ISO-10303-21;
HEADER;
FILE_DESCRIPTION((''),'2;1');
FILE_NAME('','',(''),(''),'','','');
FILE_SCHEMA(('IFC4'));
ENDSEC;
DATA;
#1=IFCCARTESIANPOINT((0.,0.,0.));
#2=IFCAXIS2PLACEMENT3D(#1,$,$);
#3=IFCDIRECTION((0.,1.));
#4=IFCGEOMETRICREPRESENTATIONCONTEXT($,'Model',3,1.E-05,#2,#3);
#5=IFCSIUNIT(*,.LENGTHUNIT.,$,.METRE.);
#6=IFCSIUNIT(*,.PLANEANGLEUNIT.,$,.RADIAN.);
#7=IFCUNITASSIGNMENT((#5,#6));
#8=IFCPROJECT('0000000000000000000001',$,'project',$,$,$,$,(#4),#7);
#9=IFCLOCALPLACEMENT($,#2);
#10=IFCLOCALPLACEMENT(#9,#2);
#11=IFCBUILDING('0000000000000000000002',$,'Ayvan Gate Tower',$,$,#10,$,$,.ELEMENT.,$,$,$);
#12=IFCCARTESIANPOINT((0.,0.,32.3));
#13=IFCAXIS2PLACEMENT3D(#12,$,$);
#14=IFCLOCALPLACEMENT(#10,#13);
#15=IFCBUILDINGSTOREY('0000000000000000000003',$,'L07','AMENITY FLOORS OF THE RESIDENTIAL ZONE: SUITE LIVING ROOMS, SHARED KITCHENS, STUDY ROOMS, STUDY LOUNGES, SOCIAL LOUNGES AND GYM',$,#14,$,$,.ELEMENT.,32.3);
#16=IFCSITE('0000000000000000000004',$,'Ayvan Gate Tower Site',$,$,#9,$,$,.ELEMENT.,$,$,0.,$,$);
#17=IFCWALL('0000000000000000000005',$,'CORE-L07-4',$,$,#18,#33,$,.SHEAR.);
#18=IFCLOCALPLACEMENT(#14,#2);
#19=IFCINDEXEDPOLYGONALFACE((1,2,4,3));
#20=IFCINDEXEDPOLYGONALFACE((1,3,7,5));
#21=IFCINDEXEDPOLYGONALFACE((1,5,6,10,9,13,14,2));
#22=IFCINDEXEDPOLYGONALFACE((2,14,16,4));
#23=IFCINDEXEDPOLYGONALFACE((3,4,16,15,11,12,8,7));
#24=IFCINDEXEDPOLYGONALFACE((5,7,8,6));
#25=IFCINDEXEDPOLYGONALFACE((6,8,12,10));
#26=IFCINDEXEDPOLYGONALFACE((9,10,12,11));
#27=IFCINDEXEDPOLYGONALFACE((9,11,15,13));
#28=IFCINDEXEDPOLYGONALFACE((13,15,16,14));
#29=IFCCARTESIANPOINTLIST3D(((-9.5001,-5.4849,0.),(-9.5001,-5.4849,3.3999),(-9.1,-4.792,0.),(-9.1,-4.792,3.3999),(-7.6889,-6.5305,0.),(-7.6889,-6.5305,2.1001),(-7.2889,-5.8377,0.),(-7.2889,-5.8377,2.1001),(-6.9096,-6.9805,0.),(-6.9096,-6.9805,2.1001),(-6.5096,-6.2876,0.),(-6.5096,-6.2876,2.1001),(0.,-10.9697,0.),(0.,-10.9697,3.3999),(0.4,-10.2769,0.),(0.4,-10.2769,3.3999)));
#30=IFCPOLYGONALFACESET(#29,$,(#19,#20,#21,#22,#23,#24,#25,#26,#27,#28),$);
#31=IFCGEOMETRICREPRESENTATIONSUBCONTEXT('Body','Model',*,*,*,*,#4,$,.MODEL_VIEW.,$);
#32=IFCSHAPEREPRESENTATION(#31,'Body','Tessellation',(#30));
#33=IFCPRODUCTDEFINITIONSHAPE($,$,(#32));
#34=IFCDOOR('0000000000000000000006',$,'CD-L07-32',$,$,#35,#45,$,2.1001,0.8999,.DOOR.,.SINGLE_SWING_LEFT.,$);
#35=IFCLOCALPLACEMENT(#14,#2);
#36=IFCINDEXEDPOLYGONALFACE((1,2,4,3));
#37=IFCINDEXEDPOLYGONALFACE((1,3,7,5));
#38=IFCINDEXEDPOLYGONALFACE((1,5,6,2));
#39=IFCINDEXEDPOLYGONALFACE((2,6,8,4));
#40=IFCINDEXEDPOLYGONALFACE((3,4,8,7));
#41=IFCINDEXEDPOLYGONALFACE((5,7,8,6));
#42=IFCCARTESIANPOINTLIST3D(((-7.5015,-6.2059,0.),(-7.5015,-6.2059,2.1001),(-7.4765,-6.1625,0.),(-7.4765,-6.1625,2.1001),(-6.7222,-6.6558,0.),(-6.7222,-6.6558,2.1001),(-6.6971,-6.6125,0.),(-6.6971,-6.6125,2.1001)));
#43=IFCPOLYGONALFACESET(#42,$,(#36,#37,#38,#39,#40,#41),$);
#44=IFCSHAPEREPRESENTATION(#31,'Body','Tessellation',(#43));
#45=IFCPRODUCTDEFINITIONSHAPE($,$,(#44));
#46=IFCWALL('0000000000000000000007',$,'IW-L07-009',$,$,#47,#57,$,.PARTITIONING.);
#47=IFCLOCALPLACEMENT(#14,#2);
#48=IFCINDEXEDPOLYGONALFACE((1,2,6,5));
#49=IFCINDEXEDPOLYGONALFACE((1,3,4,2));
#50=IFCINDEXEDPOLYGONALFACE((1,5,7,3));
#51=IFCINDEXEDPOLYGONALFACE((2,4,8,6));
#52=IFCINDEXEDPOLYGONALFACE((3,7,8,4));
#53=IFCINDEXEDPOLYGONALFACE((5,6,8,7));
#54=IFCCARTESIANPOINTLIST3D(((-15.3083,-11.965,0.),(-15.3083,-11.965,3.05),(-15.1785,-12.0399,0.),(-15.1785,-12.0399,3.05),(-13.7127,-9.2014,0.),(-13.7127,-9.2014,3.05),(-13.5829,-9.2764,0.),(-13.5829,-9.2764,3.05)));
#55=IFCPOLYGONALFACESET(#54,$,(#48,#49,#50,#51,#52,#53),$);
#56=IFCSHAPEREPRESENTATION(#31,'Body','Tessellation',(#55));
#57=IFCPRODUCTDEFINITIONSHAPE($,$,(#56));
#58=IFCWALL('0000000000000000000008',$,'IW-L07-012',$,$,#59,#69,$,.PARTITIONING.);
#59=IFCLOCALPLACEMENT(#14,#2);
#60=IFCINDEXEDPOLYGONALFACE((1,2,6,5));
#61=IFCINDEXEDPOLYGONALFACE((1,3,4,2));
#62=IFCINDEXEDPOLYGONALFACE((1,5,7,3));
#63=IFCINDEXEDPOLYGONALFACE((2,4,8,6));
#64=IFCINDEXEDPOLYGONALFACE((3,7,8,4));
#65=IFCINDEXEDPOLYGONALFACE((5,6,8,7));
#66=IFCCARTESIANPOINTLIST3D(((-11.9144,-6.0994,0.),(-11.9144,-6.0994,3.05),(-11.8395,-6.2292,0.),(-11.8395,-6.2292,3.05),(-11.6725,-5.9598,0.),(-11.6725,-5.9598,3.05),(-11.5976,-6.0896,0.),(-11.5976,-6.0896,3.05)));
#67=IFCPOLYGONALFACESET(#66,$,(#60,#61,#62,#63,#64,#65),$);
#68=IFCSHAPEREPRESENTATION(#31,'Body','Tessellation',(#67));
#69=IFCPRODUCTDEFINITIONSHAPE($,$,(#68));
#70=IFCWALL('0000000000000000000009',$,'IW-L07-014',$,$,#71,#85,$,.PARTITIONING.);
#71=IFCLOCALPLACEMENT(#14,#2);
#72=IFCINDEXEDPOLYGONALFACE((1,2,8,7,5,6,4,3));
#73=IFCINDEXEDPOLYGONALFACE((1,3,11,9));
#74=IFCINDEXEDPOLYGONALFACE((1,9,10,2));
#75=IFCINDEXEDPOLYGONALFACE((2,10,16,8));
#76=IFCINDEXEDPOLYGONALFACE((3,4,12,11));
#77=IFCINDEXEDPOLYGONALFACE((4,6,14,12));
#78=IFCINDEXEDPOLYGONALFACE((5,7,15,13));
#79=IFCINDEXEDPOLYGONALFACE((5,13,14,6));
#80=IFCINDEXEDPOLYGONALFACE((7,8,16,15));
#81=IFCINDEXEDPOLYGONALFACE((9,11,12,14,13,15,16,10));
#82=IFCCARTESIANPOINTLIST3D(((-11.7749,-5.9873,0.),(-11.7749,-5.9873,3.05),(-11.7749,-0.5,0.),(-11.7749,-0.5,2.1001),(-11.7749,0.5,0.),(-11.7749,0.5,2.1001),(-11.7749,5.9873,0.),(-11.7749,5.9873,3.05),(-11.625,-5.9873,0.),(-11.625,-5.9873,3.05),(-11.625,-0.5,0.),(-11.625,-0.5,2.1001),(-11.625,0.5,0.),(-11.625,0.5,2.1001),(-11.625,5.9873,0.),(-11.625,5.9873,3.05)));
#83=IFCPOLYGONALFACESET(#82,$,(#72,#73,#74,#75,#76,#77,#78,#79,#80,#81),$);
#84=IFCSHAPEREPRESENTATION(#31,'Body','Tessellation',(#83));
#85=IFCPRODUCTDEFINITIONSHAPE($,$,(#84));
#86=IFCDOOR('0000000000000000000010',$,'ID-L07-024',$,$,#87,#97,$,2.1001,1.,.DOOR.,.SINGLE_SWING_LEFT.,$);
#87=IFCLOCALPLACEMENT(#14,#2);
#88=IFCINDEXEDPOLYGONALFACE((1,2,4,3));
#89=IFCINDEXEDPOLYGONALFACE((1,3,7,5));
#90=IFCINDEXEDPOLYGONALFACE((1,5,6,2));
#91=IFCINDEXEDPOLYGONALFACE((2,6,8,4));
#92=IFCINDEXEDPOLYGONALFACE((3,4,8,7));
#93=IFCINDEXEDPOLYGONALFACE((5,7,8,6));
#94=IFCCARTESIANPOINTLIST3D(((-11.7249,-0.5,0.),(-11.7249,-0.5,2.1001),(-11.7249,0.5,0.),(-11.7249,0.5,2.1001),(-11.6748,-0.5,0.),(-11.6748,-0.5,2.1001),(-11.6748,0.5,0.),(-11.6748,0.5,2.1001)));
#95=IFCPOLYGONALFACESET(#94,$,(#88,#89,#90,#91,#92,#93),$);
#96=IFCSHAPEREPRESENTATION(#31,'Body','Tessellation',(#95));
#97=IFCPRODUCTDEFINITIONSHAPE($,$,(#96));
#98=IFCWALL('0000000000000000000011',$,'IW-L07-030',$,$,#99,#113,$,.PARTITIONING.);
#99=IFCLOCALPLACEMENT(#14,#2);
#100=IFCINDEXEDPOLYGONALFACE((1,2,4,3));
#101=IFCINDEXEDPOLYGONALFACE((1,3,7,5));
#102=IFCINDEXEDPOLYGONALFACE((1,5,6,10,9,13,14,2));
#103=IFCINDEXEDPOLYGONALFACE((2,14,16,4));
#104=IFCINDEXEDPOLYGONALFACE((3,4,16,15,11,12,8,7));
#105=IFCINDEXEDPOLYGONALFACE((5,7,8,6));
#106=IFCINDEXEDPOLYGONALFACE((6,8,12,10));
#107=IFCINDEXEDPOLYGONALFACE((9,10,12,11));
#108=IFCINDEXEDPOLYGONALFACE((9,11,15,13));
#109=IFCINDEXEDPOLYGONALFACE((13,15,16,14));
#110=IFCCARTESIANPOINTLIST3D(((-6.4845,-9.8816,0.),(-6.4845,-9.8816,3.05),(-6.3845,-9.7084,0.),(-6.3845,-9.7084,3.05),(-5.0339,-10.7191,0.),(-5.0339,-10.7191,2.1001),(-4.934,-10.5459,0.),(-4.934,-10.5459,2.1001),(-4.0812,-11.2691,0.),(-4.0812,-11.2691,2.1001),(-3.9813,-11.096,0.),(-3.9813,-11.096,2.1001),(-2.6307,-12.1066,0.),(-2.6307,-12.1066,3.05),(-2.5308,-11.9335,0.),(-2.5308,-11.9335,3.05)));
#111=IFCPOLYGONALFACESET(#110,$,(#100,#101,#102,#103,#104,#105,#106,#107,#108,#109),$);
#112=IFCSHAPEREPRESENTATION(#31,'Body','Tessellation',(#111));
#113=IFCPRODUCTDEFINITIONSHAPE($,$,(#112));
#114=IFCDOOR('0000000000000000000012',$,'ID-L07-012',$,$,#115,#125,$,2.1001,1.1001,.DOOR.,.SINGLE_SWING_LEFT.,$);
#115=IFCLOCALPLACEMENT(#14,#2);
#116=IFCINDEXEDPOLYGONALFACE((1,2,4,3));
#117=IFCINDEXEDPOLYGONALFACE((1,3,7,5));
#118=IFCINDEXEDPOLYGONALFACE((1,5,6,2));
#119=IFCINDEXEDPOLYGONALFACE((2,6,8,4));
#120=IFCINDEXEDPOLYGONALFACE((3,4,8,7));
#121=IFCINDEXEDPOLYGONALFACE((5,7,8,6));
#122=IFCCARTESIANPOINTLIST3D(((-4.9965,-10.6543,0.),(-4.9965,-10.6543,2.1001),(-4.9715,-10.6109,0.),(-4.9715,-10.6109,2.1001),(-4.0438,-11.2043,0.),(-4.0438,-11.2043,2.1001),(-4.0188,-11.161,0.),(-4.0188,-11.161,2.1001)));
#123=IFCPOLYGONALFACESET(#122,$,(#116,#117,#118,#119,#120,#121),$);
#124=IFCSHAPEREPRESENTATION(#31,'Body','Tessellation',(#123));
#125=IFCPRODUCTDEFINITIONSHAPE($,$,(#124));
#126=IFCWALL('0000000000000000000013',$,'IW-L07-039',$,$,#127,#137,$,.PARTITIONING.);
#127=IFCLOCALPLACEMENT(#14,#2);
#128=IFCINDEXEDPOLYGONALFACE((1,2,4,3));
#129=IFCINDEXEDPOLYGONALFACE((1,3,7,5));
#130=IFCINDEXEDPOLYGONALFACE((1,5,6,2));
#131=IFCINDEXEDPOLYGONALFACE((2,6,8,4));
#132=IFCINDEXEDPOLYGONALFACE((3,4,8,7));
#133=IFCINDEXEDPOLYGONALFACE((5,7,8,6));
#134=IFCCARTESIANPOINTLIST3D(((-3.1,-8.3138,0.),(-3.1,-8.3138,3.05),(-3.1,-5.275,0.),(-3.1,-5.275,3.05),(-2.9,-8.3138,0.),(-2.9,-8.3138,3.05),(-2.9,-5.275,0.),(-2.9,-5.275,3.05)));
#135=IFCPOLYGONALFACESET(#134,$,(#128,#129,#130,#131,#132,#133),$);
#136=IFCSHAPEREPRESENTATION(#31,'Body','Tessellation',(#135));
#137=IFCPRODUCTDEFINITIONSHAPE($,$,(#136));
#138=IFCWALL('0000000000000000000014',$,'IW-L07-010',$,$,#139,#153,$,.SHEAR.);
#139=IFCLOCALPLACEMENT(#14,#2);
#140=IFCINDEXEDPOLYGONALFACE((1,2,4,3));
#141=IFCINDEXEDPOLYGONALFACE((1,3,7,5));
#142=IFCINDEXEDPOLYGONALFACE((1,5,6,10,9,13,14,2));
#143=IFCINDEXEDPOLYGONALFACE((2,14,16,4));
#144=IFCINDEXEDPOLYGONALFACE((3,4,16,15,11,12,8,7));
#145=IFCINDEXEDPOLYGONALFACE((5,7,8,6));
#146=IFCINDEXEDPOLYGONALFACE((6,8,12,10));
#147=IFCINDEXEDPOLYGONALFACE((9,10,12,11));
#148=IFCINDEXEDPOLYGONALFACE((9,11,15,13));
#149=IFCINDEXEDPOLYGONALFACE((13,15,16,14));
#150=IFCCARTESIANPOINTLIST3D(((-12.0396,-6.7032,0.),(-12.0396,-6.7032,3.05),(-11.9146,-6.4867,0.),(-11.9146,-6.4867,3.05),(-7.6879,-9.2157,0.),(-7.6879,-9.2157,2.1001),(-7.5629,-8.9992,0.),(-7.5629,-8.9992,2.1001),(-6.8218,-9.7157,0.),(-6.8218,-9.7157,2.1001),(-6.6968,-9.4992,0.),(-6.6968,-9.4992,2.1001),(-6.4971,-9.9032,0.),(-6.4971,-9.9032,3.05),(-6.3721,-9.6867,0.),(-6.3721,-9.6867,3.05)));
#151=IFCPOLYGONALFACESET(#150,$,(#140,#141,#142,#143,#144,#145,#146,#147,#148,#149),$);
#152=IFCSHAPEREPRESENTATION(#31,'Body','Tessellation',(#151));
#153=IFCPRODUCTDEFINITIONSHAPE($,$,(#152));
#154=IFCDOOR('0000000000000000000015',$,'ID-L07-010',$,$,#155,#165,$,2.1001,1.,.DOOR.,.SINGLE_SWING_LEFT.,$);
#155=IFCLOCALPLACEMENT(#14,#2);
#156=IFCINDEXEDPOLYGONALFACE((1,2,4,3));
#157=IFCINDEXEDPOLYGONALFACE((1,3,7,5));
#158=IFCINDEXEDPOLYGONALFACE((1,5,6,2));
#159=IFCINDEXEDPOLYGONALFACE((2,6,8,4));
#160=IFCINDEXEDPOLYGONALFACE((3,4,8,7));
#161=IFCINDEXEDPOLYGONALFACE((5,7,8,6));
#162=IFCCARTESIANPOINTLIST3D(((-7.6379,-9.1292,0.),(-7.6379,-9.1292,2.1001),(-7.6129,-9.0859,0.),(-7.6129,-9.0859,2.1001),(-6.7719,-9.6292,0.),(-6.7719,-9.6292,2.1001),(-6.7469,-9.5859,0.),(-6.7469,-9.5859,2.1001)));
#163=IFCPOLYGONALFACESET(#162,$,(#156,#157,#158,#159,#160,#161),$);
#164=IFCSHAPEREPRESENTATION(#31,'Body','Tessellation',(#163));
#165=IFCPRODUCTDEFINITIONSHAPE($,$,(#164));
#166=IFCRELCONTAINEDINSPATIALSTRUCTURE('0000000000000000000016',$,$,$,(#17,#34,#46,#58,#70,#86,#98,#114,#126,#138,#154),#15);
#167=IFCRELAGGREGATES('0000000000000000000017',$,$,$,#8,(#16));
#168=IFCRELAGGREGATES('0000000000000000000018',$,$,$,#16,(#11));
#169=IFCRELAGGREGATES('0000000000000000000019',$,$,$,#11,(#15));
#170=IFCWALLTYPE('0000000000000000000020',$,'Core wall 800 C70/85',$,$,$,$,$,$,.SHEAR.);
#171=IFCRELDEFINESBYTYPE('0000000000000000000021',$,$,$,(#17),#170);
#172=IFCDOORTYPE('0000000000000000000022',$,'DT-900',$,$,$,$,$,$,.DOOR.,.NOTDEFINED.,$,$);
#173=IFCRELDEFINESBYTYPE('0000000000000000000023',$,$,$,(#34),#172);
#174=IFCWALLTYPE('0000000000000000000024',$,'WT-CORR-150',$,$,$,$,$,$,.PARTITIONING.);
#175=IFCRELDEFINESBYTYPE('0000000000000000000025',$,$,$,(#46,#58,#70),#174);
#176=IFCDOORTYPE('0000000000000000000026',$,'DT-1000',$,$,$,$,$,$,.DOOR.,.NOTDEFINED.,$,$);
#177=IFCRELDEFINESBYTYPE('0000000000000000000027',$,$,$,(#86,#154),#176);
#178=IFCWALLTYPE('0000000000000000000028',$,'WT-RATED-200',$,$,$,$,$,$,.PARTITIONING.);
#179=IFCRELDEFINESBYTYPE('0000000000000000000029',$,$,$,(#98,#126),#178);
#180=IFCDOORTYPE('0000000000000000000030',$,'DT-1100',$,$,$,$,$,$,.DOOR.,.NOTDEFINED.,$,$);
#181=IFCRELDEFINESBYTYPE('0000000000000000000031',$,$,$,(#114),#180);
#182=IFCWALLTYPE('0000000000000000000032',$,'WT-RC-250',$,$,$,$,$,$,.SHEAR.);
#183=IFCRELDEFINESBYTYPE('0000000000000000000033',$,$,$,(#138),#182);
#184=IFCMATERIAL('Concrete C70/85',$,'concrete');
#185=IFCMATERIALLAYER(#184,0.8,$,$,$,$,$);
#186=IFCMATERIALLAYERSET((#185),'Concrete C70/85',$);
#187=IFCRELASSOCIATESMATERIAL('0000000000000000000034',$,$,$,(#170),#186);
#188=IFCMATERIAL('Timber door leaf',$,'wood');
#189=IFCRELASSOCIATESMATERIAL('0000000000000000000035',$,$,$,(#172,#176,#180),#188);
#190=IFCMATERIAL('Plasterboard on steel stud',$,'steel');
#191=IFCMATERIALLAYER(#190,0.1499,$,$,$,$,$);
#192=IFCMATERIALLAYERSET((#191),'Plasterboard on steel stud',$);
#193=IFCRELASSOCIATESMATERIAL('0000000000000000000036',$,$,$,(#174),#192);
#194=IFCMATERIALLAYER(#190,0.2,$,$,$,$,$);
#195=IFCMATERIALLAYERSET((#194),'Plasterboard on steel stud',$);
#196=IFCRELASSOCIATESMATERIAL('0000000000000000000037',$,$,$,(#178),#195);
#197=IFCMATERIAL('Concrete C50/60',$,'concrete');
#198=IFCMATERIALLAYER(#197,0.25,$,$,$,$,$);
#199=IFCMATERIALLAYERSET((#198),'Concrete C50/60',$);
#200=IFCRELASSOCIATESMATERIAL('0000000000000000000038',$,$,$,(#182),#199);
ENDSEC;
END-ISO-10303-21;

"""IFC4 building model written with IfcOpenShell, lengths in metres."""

from ifc_helpers import new_model, si_unit, direction, frame, frame_2d, origin, place, context, subcontext, project, spatial, rectangle, extrude, material, layer, layer_set, type_object, element, fill, save


model = new_model("IFC4")

# Units and contexts
model_context = context("Model", 3, precision=1e-05, world=origin(), true_north=direction((0.0, 1.0)))
body_context = subcontext(model_context, "Body", "Model", "MODEL_VIEW")
ifc_project = project(units=[si_unit("LENGTHUNIT", "METRE"), si_unit("PLANEANGLEUNIT", "RADIAN")], contexts=[model_context])

# Site, building, storey
site_placement = place(None, origin())
site = spatial("IfcSite", under=ifc_project, at=site_placement, Name="Ayvan Gate Tower Site", CompositionType="ELEMENT", RefElevation=0.0)
building_placement = place(site_placement, origin())
building = spatial("IfcBuilding", under=site, at=building_placement, Name="Ayvan Gate Tower", CompositionType="ELEMENT")
storey_placement = place(building_placement, frame((0.0, 0.0, 32.3)))
storey = spatial("IfcBuildingStorey", under=building, at=storey_placement, Name="L07", Description="AMENITY FLOORS OF THE RESIDENTIAL ZONE: SUITE LIVING ROOMS, SHARED KITCHENS, STUDY ROOMS, STUDY LOUNGES, SOCIAL LOUNGES AND GYM", CompositionType="ELEMENT", Elevation=32.3)

# Wall, opening, door
ifc_material_1 = material(Name="Concrete C70/85", Category="concrete")
ifc_layer_1 = layer(ifc_material_1, 0.8)
ifc_layer_set_1 = layer_set([ifc_layer_1], Name="Concrete C70/85")
wall_type_1 = type_object("IfcWallType", Name="Core wall 800 C70/85", PredefinedType="SHEAR", material=ifc_layer_set_1)
wall_1_placement = place(storey_placement, frame((-9.3, -5.1384, 0.0), z_axis=(0.0, 0.0, 1.0), x_axis=(0.866024, -0.500002, 0.0)))
wall_1 = element("IfcWall", 1, at=wall_1_placement, inside=storey, type_object=wall_type_1, Name="CORE-L07-4", PredefinedType="SHEAR", context=body_context, shape_type="SweptSolid", body=[
    extrude(rectangle(XDim=10.9697, YDim=0.8, at=frame_2d((5.4849, 0.0))), origin(), (0.0, 0.0, 1.0), 3.3999),
])
opening_1_placement = place(wall_1_placement, frame((2.0913, 0.0, 0.0)))
opening_1 = element("IfcOpeningElement", 2, at=opening_1_placement, cuts=wall_1, PredefinedType="OPENING", context=body_context, shape_type="SweptSolid", body=[
    extrude(rectangle(XDim=0.8999, YDim=2.1001, at=frame_2d((0.45, 1.05))), frame((0.0, 0.4099, 0.0), z_axis=(0.0, -1.0, 0.0), x_axis=(1.0, 0.0, 0.0)), (0.0, 0.0, 1.0), 0.8201),
])
ifc_material_2 = material(Name="Timber door leaf", Category="wood")
door_type_1 = type_object("IfcDoorType", Name="DT-900", OperationType="NOTDEFINED", PredefinedType="DOOR", material=ifc_material_2)
door_1_placement = place(opening_1_placement, origin())
door_1 = element("IfcDoor", 3, at=door_1_placement, inside=storey, type_object=door_type_1, Name="CD-L07-32", OperationType="SINGLE_SWING_LEFT", OverallHeight=2.1001, OverallWidth=0.8999, PredefinedType="DOOR", context=body_context, shape_type="SweptSolid", body=[
    extrude(rectangle(XDim=0.8999, YDim=2.1001, at=frame_2d((0.45, 1.05))), frame((0.0, 0.0249, 0.0), z_axis=(0.0, -1.0, 0.0), x_axis=(1.0, 0.0, 0.0)), (0.0, 0.0, 1.0), 0.05),
])
fill(opening_1, door_1)

# Walls
ifc_material_3 = material(Name="Plasterboard on steel stud", Category="steel")
ifc_layer_2 = layer(ifc_material_3, 0.1499)
ifc_layer_set_2 = layer_set([ifc_layer_2], Name="Plasterboard on steel stud")
wall_type_2 = type_object("IfcWallType", Name="WT-CORR-150", PredefinedType="PARTITIONING", material=ifc_layer_set_2)
wall_2_placement = place(storey_placement, frame((-13.6477, -9.2388, 0.0), z_axis=(0.0, 0.0, 1.0), x_axis=(-0.500023, -0.866012, 0.0)))
element("IfcWall", 4, at=wall_2_placement, inside=storey, type_object=wall_type_2, Name="IW-L07-009", PredefinedType="PARTITIONING", context=body_context, shape_type="SweptSolid", body=[
    extrude(rectangle(XDim=3.1912, YDim=0.1499, at=frame_2d((1.5957, 0.0))), origin(), (0.0, 0.0, 1.0), 3.05),
])
wall_3_placement = place(storey_placement, frame((-11.877, -6.1643, 0.0), z_axis=(0.0, 0.0, 1.0), x_axis=(0.866084, 0.499899, 0.0)))
element("IfcWall", 5, at=wall_3_placement, inside=storey, type_object=wall_type_2, Name="IW-L07-012", PredefinedType="PARTITIONING", context=body_context, shape_type="SweptSolid", body=[
    extrude(rectangle(XDim=0.2793, YDim=0.1499, at=frame_2d((0.1396, 0.0))), origin(), (0.0, 0.0, 1.0), 3.05),
])

# Walls, openings, doors
wall_4_placement = place(storey_placement, frame((-11.7, -5.9873, 0.0), z_axis=(0.0, 0.0, 1.0), x_axis=(0.0, 1.0, 0.0)))
wall_4 = element("IfcWall", 6, at=wall_4_placement, inside=storey, type_object=wall_type_2, Name="IW-L07-014", PredefinedType="PARTITIONING", context=body_context, shape_type="SweptSolid", body=[
    extrude(rectangle(XDim=11.9746, YDim=0.1499, at=frame_2d((5.9873, 0.0))), origin(), (0.0, 0.0, 1.0), 3.05),
])
opening_2_placement = place(wall_4_placement, frame((5.4873, 0.0, 0.0)))
opening_2 = element("IfcOpeningElement", 7, at=opening_2_placement, cuts=wall_4, PredefinedType="OPENING", context=body_context, shape_type="SweptSolid", body=[
    extrude(rectangle(XDim=1.0, YDim=2.1001, at=frame_2d((0.5, 1.05))), frame((0.0, 0.085, 0.0), z_axis=(0.0, -1.0, 0.0), x_axis=(1.0, 0.0, 0.0)), (0.0, 0.0, 1.0), 0.1699),
])
door_type_2 = type_object("IfcDoorType", Name="DT-1000", OperationType="NOTDEFINED", PredefinedType="DOOR", material=ifc_material_2)
door_2_placement = place(opening_2_placement, origin())
door_2 = element("IfcDoor", 8, at=door_2_placement, inside=storey, type_object=door_type_2, Name="ID-L07-024", OperationType="SINGLE_SWING_LEFT", OverallHeight=2.1001, OverallWidth=1.0, PredefinedType="DOOR", context=body_context, shape_type="SweptSolid", body=[
    extrude(rectangle(XDim=1.0, YDim=2.1001, at=frame_2d((0.5, 1.05))), frame((0.0, 0.0249, 0.0), z_axis=(0.0, -1.0, 0.0), x_axis=(1.0, 0.0, 0.0)), (0.0, 0.0, 1.0), 0.05),
])
fill(opening_2, door_2)
ifc_layer_3 = layer(ifc_material_3, 0.2)
ifc_layer_set_3 = layer_set([ifc_layer_3], Name="Plasterboard on steel stud")
wall_type_3 = type_object("IfcWallType", Name="WT-RATED-200", PredefinedType="PARTITIONING", material=ifc_layer_set_3)
wall_5_placement = place(storey_placement, frame((-6.4346, -9.7949, 0.0), z_axis=(0.0, 0.0, 1.0), x_axis=(0.866013, -0.500022, 0.0)))
wall_5 = element("IfcWall", 9, at=wall_5_placement, inside=storey, type_object=wall_type_3, Name="IW-L07-030", PredefinedType="PARTITIONING", context=body_context, shape_type="SweptSolid", body=[
    extrude(rectangle(XDim=4.45, YDim=0.2, at=frame_2d((2.2251, 0.0))), origin(), (0.0, 0.0, 1.0), 3.05),
])
opening_3_placement = place(wall_5_placement, frame((1.675, 0.0, 0.0)))
opening_3 = element("IfcOpeningElement", 10, at=opening_3_placement, cuts=wall_5, PredefinedType="OPENING", context=body_context, shape_type="SweptSolid", body=[
    extrude(rectangle(XDim=1.1001, YDim=2.1001, at=frame_2d((0.55, 1.05))), frame((0.0, 0.1099, 0.0), z_axis=(0.0, -1.0, 0.0), x_axis=(1.0, 0.0, 0.0)), (0.0, 0.0, 1.0), 0.22),
])
door_type_3 = type_object("IfcDoorType", Name="DT-1100", OperationType="NOTDEFINED", PredefinedType="DOOR", material=ifc_material_2)
door_3_placement = place(opening_3_placement, origin())
door_3 = element("IfcDoor", 11, at=door_3_placement, inside=storey, type_object=door_type_3, Name="ID-L07-012", OperationType="SINGLE_SWING_LEFT", OverallHeight=2.1001, OverallWidth=1.1001, PredefinedType="DOOR", context=body_context, shape_type="SweptSolid", body=[
    extrude(rectangle(XDim=1.1001, YDim=2.1001, at=frame_2d((0.55, 1.05))), frame((0.0, 0.0249, 0.0), z_axis=(0.0, -1.0, 0.0), x_axis=(1.0, 0.0, 0.0)), (0.0, 0.0, 1.0), 0.05),
])
fill(opening_3, door_3)

# Wall
wall_6_placement = place(storey_placement, frame((-3.0, -5.2749, 0.0), z_axis=(0.0, 0.0, 1.0), x_axis=(0.0, -1.0, 0.0)))
element("IfcWall", 12, at=wall_6_placement, inside=storey, type_object=wall_type_3, Name="IW-L07-039", PredefinedType="PARTITIONING", context=body_context, shape_type="SweptSolid", body=[
    extrude(rectangle(XDim=3.0388, YDim=0.2, at=frame_2d((1.5195, 0.0))), origin(), (0.0, 0.0, 1.0), 3.05),
])

# Wall, opening, door
ifc_material_4 = material(Name="Concrete C50/60", Category="concrete")
ifc_layer_4 = layer(ifc_material_4, 0.25)
ifc_layer_set_4 = layer_set([ifc_layer_4], Name="Concrete C50/60")
wall_type_4 = type_object("IfcWallType", Name="WT-RC-250", PredefinedType="SHEAR", material=ifc_layer_set_4)
wall_7_placement = place(storey_placement, frame((-11.9771, -6.595, 0.0), z_axis=(0.0, 0.0, 1.0), x_axis=(0.866025, -0.5, 0.0)))
wall_7 = element("IfcWall", 13, at=wall_7_placement, inside=storey, type_object=wall_type_4, Name="IW-L07-010", PredefinedType="SHEAR", context=body_context, shape_type="SweptSolid", body=[
    extrude(rectangle(XDim=6.3999, YDim=0.25, at=frame_2d((3.2, 0.0))), origin(), (0.0, 0.0, 1.0), 3.05),
])
opening_4_placement = place(wall_7_placement, frame((5.0249, 0.0, 0.0)))
opening_4 = element("IfcOpeningElement", 14, at=opening_4_placement, cuts=wall_7, PredefinedType="OPENING", context=body_context, shape_type="SweptSolid", body=[
    extrude(rectangle(XDim=1.0, YDim=2.1001, at=frame_2d((0.5, 1.05))), frame((0.0, 0.135, 0.0), z_axis=(0.0, -1.0, 0.0), x_axis=(1.0, 0.0, 0.0)), (0.0, 0.0, 1.0), 0.27),
])
door_4_placement = place(opening_4_placement, origin())
door_4 = element("IfcDoor", 15, at=door_4_placement, inside=storey, type_object=door_type_2, Name="ID-L07-010", OperationType="SINGLE_SWING_LEFT", OverallHeight=2.1001, OverallWidth=1.0, PredefinedType="DOOR", context=body_context, shape_type="SweptSolid", body=[
    extrude(rectangle(XDim=1.0, YDim=2.1001, at=frame_2d((0.5, 1.05))), frame((0.0, 0.0249, 0.0), z_axis=(0.0, -1.0, 0.0), x_axis=(1.0, 0.0, 0.0)), (0.0, 0.0, 1.0), 0.05),
])
fill(opening_4, door_4)

save(model, "model.ifc")
